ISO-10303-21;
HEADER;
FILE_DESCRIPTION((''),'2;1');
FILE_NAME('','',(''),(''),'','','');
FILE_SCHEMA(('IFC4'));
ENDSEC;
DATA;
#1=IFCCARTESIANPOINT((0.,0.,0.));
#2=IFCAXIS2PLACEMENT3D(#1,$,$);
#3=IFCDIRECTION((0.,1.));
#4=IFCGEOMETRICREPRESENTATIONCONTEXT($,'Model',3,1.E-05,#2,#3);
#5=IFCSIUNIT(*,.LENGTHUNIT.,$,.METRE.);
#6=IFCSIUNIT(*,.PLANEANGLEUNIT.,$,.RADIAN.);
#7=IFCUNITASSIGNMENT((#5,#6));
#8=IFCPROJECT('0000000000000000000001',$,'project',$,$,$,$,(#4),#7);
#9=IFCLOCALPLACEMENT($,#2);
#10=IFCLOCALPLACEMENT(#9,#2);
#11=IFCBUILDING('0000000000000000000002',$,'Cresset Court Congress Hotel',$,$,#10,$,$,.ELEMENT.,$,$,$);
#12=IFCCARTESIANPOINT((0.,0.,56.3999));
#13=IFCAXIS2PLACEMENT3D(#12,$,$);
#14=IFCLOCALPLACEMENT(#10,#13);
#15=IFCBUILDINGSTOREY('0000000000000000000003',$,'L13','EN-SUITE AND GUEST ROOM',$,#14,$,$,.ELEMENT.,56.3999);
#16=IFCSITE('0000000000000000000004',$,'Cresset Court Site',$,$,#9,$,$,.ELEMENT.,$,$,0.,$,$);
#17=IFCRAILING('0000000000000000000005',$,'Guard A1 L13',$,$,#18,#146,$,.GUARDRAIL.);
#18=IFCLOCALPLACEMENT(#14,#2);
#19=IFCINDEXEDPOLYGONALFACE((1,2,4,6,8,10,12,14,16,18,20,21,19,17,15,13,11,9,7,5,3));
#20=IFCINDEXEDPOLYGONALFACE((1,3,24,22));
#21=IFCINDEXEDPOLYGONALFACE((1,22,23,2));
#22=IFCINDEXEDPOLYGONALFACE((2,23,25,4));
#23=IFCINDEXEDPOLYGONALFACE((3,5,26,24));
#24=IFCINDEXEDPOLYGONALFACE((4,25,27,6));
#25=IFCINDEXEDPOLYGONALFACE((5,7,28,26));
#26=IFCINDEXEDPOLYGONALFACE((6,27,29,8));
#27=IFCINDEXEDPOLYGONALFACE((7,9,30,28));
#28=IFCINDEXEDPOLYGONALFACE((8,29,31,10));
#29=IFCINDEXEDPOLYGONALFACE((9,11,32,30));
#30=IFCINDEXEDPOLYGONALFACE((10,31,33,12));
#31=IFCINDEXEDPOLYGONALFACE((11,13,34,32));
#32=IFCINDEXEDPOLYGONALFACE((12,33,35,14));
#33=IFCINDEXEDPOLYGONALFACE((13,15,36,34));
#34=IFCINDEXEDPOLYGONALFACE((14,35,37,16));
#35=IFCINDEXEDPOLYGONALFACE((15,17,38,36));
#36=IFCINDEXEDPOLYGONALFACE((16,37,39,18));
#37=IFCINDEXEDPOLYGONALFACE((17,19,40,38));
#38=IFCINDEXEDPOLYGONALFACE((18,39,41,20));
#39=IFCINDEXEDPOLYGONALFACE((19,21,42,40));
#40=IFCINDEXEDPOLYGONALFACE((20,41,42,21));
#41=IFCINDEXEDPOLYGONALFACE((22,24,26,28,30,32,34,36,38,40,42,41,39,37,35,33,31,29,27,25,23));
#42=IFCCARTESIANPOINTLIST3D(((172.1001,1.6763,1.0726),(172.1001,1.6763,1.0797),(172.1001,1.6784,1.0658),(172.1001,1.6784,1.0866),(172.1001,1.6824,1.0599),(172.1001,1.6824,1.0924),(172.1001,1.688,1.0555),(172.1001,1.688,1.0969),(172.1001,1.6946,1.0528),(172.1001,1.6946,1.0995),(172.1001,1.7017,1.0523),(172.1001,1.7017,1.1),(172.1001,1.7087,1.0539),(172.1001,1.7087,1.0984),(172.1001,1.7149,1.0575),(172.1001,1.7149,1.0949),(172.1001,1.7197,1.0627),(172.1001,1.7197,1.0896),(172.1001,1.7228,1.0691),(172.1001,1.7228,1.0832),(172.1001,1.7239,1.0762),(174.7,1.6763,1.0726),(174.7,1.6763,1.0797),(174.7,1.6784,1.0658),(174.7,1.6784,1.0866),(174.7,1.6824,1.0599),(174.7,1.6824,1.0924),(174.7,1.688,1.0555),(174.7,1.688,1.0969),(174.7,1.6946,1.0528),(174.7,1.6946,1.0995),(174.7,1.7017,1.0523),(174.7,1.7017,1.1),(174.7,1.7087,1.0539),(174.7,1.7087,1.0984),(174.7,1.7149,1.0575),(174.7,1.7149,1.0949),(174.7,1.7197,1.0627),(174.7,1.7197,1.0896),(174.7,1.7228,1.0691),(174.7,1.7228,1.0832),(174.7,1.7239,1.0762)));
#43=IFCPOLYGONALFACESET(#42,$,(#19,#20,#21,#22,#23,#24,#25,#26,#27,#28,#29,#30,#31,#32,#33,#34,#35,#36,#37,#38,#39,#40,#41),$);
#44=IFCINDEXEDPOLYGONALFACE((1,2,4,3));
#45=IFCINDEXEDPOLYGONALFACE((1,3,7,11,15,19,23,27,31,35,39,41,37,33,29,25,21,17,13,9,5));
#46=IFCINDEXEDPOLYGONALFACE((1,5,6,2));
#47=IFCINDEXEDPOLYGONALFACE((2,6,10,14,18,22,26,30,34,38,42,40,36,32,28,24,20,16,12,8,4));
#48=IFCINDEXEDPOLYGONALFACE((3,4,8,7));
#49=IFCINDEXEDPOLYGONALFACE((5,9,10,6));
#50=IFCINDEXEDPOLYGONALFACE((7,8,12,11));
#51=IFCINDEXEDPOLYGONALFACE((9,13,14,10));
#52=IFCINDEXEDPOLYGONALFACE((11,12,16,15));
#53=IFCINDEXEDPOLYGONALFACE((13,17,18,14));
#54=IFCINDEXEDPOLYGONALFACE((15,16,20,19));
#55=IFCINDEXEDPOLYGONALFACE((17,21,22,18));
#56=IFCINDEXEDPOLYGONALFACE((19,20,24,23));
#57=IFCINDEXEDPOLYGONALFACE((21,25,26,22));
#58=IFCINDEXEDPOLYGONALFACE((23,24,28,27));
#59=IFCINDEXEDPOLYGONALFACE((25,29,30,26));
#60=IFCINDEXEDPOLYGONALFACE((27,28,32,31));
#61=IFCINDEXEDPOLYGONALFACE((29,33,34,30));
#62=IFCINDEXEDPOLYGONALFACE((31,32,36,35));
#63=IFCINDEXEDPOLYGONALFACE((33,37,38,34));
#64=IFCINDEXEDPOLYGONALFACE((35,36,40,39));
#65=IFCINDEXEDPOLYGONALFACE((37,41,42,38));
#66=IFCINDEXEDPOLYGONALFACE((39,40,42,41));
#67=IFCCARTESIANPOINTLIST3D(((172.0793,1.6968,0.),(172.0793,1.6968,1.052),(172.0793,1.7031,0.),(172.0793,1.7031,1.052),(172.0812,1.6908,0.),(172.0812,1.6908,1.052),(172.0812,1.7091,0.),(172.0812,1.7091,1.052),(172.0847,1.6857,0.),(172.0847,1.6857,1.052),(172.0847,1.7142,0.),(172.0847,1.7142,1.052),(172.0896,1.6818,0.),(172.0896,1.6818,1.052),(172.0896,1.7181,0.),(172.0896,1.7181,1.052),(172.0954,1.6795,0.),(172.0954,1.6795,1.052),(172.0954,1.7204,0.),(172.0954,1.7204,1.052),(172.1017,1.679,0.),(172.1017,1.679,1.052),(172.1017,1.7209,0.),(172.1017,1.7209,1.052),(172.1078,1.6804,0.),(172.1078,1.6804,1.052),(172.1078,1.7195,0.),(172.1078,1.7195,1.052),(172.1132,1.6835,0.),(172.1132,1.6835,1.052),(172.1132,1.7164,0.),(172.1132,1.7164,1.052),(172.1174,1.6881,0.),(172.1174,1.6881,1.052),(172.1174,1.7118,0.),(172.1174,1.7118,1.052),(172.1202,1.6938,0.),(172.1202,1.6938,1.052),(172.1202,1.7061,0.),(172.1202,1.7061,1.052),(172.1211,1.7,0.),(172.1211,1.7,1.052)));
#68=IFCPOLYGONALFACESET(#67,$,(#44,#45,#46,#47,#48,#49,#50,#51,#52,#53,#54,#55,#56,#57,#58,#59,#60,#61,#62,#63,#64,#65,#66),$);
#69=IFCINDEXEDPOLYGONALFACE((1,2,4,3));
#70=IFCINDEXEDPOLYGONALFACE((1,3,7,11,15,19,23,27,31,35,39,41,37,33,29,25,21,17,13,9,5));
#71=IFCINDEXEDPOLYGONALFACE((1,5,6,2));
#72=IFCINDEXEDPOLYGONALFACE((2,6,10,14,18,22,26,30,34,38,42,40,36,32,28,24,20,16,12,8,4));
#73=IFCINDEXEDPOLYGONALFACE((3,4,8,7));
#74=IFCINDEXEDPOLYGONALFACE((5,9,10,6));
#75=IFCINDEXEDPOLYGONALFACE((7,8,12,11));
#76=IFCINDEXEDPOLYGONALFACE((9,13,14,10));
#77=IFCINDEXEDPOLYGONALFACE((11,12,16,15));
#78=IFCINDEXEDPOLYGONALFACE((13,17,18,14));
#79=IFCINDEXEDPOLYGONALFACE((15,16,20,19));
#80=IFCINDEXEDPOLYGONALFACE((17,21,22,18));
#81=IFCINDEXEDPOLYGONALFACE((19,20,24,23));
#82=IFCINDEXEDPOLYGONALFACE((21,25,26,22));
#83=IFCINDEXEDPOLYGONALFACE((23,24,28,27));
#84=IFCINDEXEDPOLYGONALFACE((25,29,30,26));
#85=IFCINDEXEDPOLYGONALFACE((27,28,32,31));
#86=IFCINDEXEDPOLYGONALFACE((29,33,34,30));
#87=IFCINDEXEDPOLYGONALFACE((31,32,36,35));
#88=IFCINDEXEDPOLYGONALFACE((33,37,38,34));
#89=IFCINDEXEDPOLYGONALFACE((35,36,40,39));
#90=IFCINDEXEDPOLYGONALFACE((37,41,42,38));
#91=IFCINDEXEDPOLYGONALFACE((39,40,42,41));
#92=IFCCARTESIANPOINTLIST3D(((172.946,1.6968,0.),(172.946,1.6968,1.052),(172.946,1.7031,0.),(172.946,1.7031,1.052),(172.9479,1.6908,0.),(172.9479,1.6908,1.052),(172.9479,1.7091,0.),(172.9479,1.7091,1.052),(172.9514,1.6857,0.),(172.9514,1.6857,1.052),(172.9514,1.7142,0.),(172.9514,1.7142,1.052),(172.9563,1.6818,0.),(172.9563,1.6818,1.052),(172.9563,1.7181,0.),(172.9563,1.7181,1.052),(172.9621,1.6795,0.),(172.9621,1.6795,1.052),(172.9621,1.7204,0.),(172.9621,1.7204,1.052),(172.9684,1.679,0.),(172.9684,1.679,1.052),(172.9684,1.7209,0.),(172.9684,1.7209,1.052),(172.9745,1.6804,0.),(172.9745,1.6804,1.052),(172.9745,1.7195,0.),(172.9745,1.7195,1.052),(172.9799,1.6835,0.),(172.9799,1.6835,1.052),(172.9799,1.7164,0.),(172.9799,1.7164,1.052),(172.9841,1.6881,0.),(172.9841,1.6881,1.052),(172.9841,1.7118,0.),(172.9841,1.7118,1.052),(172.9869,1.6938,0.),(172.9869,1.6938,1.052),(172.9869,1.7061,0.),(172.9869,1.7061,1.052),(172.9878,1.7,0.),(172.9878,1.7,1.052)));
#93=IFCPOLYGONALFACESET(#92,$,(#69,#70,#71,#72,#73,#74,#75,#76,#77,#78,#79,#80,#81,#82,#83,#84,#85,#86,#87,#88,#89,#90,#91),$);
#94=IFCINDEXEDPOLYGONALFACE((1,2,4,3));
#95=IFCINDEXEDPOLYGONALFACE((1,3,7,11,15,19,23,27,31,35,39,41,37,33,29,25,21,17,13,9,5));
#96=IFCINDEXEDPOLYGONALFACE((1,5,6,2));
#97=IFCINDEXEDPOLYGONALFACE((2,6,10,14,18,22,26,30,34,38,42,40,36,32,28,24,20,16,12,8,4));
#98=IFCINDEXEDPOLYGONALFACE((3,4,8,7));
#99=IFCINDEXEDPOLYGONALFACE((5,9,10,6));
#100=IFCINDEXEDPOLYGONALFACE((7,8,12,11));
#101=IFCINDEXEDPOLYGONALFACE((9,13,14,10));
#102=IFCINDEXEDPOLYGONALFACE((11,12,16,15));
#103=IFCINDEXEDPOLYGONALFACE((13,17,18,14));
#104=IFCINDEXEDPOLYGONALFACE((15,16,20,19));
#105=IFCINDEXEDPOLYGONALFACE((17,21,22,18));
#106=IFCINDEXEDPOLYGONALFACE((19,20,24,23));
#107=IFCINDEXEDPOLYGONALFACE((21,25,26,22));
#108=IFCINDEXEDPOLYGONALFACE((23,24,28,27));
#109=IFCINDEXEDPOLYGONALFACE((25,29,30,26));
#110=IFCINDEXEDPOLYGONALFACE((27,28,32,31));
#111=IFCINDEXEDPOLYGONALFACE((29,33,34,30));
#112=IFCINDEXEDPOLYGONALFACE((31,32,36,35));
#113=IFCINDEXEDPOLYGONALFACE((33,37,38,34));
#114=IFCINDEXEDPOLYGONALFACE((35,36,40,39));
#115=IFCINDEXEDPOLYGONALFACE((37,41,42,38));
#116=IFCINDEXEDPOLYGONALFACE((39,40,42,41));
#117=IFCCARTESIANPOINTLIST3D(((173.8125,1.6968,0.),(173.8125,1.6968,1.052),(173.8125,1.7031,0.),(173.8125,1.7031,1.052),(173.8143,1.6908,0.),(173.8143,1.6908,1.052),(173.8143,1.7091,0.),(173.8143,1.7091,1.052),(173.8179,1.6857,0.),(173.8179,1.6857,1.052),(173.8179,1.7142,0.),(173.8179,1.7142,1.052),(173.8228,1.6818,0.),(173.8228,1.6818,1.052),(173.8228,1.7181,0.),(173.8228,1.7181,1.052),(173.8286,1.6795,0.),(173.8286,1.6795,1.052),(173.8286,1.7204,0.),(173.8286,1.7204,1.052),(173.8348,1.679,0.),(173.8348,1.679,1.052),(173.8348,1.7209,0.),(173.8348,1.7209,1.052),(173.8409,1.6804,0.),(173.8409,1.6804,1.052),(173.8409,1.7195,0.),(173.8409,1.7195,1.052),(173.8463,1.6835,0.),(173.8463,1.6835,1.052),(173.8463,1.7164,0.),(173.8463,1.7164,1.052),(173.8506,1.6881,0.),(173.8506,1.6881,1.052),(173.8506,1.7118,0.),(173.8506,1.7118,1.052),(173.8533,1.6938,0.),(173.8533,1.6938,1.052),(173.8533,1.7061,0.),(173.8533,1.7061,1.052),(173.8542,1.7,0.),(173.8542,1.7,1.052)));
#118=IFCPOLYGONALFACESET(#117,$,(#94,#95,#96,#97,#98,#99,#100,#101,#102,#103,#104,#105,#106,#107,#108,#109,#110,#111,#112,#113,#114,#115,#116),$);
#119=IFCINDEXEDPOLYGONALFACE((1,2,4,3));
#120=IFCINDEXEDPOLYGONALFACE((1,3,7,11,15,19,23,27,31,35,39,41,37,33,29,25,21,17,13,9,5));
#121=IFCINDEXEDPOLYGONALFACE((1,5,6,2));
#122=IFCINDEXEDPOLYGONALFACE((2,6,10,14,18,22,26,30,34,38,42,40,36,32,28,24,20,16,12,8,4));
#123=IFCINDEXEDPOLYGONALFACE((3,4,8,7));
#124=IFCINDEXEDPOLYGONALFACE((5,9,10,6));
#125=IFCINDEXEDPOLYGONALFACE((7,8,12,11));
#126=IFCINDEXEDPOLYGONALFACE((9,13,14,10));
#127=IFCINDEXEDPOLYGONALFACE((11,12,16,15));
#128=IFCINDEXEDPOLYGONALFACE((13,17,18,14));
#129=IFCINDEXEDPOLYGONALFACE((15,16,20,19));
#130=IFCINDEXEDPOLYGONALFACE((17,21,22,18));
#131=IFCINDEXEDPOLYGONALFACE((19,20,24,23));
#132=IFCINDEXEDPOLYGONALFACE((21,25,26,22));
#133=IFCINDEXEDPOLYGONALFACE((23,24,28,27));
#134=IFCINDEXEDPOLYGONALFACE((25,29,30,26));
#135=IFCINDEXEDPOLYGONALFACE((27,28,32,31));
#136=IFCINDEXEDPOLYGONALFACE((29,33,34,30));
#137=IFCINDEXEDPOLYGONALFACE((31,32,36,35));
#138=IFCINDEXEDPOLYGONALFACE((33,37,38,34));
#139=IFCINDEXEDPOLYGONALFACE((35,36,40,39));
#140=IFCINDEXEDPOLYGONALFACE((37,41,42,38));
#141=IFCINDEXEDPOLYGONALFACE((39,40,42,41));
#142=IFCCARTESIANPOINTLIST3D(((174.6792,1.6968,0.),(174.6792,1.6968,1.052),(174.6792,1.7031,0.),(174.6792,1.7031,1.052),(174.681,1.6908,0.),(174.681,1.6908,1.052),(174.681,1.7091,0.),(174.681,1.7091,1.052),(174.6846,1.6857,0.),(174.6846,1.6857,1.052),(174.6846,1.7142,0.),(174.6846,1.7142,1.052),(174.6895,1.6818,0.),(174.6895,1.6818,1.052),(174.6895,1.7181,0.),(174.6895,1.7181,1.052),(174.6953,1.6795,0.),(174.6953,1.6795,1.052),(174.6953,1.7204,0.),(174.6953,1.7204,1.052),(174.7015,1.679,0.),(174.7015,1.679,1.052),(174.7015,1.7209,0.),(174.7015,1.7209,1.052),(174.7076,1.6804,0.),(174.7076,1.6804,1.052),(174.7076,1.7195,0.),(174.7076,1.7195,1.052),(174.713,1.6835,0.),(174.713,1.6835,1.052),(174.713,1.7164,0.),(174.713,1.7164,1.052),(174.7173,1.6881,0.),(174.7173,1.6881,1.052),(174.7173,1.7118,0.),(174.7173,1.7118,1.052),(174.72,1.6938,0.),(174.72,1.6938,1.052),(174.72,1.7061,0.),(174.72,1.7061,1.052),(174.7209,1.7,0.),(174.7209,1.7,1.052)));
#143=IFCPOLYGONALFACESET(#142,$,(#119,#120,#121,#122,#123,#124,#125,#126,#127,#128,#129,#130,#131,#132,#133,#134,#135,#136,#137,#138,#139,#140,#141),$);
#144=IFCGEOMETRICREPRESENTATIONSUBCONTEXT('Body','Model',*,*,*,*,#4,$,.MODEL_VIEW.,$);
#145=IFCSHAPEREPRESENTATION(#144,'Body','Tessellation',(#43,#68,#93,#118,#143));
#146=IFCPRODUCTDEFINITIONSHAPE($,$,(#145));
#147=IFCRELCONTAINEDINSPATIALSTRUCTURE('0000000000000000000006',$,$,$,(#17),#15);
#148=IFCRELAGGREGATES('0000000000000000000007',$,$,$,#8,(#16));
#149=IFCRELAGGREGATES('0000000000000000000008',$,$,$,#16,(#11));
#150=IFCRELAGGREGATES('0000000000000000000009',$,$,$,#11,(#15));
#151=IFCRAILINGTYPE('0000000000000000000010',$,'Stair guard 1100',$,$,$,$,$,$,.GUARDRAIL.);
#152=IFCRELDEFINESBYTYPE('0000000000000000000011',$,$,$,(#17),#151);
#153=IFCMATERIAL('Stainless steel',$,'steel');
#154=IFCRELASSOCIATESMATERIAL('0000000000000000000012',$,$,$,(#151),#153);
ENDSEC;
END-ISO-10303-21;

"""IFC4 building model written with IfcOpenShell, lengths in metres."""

from ifc_helpers import new_model, si_unit, direction, frame, origin, origin_2d, place, context, subcontext, project, spatial, circle, extrude, material, type_object, element, save


model = new_model("IFC4")

# Units and contexts
model_context = context("Model", 3, precision=1e-05, world=origin(), true_north=direction((0.0, 1.0)))
body_context = subcontext(model_context, "Body", "Model", "MODEL_VIEW")
ifc_project = project(units=[si_unit("LENGTHUNIT", "METRE"), si_unit("PLANEANGLEUNIT", "RADIAN")], contexts=[model_context])

# Site, building, storey
site_placement = place(None, origin())
site = spatial("IfcSite", under=ifc_project, at=site_placement, Name="Cresset Court Site", CompositionType="ELEMENT", RefElevation=0.0)
building_placement = place(site_placement, origin())
building = spatial("IfcBuilding", under=site, at=building_placement, Name="Cresset Court Congress Hotel", CompositionType="ELEMENT")
storey_placement = place(building_placement, frame((0.0, 0.0, 56.3999)))
storey = spatial("IfcBuildingStorey", under=building, at=storey_placement, Name="L13", Description="EN-SUITE AND GUEST ROOM", CompositionType="ELEMENT", Elevation=56.3999)

# Railing
ifc_material_1 = material(Name="Stainless steel", Category="steel")
railing_type_1 = type_object("IfcRailingType", Name="Stair guard 1100", PredefinedType="GUARDRAIL", material=ifc_material_1)
railing_1_placement = place(storey_placement, frame((172.1001, 1.7, 0.0)))
element("IfcRailing", 1, at=railing_1_placement, inside=storey, type_object=railing_type_1, Name="Guard A1 L13", PredefinedType="GUARDRAIL", context=body_context, shape_type="SweptSolid", body=[
    extrude(circle(Radius=0.0239, at=origin_2d()), frame((0.0, 0.0, 1.0762), z_axis=(1.0, 0.0, 0.0), x_axis=(0.0, 1.0, 0.0)), (0.0, 0.0, 1.0), 2.5999),
    extrude(circle(Radius=0.021, at=origin_2d()), origin(), (0.0, 0.0, 1.0), 1.052),
    extrude(circle(Radius=0.021, at=origin_2d()), frame((0.8667, 0.0, 0.0)), (0.0, 0.0, 1.0), 1.052),
    extrude(circle(Radius=0.021, at=origin_2d()), frame((1.7332, 0.0, 0.0)), (0.0, 0.0, 1.0), 1.052),
    extrude(circle(Radius=0.021, at=origin_2d()), frame((2.5999, 0.0, 0.0)), (0.0, 0.0, 1.0), 1.052),
])

save(model, "model.ifc")
